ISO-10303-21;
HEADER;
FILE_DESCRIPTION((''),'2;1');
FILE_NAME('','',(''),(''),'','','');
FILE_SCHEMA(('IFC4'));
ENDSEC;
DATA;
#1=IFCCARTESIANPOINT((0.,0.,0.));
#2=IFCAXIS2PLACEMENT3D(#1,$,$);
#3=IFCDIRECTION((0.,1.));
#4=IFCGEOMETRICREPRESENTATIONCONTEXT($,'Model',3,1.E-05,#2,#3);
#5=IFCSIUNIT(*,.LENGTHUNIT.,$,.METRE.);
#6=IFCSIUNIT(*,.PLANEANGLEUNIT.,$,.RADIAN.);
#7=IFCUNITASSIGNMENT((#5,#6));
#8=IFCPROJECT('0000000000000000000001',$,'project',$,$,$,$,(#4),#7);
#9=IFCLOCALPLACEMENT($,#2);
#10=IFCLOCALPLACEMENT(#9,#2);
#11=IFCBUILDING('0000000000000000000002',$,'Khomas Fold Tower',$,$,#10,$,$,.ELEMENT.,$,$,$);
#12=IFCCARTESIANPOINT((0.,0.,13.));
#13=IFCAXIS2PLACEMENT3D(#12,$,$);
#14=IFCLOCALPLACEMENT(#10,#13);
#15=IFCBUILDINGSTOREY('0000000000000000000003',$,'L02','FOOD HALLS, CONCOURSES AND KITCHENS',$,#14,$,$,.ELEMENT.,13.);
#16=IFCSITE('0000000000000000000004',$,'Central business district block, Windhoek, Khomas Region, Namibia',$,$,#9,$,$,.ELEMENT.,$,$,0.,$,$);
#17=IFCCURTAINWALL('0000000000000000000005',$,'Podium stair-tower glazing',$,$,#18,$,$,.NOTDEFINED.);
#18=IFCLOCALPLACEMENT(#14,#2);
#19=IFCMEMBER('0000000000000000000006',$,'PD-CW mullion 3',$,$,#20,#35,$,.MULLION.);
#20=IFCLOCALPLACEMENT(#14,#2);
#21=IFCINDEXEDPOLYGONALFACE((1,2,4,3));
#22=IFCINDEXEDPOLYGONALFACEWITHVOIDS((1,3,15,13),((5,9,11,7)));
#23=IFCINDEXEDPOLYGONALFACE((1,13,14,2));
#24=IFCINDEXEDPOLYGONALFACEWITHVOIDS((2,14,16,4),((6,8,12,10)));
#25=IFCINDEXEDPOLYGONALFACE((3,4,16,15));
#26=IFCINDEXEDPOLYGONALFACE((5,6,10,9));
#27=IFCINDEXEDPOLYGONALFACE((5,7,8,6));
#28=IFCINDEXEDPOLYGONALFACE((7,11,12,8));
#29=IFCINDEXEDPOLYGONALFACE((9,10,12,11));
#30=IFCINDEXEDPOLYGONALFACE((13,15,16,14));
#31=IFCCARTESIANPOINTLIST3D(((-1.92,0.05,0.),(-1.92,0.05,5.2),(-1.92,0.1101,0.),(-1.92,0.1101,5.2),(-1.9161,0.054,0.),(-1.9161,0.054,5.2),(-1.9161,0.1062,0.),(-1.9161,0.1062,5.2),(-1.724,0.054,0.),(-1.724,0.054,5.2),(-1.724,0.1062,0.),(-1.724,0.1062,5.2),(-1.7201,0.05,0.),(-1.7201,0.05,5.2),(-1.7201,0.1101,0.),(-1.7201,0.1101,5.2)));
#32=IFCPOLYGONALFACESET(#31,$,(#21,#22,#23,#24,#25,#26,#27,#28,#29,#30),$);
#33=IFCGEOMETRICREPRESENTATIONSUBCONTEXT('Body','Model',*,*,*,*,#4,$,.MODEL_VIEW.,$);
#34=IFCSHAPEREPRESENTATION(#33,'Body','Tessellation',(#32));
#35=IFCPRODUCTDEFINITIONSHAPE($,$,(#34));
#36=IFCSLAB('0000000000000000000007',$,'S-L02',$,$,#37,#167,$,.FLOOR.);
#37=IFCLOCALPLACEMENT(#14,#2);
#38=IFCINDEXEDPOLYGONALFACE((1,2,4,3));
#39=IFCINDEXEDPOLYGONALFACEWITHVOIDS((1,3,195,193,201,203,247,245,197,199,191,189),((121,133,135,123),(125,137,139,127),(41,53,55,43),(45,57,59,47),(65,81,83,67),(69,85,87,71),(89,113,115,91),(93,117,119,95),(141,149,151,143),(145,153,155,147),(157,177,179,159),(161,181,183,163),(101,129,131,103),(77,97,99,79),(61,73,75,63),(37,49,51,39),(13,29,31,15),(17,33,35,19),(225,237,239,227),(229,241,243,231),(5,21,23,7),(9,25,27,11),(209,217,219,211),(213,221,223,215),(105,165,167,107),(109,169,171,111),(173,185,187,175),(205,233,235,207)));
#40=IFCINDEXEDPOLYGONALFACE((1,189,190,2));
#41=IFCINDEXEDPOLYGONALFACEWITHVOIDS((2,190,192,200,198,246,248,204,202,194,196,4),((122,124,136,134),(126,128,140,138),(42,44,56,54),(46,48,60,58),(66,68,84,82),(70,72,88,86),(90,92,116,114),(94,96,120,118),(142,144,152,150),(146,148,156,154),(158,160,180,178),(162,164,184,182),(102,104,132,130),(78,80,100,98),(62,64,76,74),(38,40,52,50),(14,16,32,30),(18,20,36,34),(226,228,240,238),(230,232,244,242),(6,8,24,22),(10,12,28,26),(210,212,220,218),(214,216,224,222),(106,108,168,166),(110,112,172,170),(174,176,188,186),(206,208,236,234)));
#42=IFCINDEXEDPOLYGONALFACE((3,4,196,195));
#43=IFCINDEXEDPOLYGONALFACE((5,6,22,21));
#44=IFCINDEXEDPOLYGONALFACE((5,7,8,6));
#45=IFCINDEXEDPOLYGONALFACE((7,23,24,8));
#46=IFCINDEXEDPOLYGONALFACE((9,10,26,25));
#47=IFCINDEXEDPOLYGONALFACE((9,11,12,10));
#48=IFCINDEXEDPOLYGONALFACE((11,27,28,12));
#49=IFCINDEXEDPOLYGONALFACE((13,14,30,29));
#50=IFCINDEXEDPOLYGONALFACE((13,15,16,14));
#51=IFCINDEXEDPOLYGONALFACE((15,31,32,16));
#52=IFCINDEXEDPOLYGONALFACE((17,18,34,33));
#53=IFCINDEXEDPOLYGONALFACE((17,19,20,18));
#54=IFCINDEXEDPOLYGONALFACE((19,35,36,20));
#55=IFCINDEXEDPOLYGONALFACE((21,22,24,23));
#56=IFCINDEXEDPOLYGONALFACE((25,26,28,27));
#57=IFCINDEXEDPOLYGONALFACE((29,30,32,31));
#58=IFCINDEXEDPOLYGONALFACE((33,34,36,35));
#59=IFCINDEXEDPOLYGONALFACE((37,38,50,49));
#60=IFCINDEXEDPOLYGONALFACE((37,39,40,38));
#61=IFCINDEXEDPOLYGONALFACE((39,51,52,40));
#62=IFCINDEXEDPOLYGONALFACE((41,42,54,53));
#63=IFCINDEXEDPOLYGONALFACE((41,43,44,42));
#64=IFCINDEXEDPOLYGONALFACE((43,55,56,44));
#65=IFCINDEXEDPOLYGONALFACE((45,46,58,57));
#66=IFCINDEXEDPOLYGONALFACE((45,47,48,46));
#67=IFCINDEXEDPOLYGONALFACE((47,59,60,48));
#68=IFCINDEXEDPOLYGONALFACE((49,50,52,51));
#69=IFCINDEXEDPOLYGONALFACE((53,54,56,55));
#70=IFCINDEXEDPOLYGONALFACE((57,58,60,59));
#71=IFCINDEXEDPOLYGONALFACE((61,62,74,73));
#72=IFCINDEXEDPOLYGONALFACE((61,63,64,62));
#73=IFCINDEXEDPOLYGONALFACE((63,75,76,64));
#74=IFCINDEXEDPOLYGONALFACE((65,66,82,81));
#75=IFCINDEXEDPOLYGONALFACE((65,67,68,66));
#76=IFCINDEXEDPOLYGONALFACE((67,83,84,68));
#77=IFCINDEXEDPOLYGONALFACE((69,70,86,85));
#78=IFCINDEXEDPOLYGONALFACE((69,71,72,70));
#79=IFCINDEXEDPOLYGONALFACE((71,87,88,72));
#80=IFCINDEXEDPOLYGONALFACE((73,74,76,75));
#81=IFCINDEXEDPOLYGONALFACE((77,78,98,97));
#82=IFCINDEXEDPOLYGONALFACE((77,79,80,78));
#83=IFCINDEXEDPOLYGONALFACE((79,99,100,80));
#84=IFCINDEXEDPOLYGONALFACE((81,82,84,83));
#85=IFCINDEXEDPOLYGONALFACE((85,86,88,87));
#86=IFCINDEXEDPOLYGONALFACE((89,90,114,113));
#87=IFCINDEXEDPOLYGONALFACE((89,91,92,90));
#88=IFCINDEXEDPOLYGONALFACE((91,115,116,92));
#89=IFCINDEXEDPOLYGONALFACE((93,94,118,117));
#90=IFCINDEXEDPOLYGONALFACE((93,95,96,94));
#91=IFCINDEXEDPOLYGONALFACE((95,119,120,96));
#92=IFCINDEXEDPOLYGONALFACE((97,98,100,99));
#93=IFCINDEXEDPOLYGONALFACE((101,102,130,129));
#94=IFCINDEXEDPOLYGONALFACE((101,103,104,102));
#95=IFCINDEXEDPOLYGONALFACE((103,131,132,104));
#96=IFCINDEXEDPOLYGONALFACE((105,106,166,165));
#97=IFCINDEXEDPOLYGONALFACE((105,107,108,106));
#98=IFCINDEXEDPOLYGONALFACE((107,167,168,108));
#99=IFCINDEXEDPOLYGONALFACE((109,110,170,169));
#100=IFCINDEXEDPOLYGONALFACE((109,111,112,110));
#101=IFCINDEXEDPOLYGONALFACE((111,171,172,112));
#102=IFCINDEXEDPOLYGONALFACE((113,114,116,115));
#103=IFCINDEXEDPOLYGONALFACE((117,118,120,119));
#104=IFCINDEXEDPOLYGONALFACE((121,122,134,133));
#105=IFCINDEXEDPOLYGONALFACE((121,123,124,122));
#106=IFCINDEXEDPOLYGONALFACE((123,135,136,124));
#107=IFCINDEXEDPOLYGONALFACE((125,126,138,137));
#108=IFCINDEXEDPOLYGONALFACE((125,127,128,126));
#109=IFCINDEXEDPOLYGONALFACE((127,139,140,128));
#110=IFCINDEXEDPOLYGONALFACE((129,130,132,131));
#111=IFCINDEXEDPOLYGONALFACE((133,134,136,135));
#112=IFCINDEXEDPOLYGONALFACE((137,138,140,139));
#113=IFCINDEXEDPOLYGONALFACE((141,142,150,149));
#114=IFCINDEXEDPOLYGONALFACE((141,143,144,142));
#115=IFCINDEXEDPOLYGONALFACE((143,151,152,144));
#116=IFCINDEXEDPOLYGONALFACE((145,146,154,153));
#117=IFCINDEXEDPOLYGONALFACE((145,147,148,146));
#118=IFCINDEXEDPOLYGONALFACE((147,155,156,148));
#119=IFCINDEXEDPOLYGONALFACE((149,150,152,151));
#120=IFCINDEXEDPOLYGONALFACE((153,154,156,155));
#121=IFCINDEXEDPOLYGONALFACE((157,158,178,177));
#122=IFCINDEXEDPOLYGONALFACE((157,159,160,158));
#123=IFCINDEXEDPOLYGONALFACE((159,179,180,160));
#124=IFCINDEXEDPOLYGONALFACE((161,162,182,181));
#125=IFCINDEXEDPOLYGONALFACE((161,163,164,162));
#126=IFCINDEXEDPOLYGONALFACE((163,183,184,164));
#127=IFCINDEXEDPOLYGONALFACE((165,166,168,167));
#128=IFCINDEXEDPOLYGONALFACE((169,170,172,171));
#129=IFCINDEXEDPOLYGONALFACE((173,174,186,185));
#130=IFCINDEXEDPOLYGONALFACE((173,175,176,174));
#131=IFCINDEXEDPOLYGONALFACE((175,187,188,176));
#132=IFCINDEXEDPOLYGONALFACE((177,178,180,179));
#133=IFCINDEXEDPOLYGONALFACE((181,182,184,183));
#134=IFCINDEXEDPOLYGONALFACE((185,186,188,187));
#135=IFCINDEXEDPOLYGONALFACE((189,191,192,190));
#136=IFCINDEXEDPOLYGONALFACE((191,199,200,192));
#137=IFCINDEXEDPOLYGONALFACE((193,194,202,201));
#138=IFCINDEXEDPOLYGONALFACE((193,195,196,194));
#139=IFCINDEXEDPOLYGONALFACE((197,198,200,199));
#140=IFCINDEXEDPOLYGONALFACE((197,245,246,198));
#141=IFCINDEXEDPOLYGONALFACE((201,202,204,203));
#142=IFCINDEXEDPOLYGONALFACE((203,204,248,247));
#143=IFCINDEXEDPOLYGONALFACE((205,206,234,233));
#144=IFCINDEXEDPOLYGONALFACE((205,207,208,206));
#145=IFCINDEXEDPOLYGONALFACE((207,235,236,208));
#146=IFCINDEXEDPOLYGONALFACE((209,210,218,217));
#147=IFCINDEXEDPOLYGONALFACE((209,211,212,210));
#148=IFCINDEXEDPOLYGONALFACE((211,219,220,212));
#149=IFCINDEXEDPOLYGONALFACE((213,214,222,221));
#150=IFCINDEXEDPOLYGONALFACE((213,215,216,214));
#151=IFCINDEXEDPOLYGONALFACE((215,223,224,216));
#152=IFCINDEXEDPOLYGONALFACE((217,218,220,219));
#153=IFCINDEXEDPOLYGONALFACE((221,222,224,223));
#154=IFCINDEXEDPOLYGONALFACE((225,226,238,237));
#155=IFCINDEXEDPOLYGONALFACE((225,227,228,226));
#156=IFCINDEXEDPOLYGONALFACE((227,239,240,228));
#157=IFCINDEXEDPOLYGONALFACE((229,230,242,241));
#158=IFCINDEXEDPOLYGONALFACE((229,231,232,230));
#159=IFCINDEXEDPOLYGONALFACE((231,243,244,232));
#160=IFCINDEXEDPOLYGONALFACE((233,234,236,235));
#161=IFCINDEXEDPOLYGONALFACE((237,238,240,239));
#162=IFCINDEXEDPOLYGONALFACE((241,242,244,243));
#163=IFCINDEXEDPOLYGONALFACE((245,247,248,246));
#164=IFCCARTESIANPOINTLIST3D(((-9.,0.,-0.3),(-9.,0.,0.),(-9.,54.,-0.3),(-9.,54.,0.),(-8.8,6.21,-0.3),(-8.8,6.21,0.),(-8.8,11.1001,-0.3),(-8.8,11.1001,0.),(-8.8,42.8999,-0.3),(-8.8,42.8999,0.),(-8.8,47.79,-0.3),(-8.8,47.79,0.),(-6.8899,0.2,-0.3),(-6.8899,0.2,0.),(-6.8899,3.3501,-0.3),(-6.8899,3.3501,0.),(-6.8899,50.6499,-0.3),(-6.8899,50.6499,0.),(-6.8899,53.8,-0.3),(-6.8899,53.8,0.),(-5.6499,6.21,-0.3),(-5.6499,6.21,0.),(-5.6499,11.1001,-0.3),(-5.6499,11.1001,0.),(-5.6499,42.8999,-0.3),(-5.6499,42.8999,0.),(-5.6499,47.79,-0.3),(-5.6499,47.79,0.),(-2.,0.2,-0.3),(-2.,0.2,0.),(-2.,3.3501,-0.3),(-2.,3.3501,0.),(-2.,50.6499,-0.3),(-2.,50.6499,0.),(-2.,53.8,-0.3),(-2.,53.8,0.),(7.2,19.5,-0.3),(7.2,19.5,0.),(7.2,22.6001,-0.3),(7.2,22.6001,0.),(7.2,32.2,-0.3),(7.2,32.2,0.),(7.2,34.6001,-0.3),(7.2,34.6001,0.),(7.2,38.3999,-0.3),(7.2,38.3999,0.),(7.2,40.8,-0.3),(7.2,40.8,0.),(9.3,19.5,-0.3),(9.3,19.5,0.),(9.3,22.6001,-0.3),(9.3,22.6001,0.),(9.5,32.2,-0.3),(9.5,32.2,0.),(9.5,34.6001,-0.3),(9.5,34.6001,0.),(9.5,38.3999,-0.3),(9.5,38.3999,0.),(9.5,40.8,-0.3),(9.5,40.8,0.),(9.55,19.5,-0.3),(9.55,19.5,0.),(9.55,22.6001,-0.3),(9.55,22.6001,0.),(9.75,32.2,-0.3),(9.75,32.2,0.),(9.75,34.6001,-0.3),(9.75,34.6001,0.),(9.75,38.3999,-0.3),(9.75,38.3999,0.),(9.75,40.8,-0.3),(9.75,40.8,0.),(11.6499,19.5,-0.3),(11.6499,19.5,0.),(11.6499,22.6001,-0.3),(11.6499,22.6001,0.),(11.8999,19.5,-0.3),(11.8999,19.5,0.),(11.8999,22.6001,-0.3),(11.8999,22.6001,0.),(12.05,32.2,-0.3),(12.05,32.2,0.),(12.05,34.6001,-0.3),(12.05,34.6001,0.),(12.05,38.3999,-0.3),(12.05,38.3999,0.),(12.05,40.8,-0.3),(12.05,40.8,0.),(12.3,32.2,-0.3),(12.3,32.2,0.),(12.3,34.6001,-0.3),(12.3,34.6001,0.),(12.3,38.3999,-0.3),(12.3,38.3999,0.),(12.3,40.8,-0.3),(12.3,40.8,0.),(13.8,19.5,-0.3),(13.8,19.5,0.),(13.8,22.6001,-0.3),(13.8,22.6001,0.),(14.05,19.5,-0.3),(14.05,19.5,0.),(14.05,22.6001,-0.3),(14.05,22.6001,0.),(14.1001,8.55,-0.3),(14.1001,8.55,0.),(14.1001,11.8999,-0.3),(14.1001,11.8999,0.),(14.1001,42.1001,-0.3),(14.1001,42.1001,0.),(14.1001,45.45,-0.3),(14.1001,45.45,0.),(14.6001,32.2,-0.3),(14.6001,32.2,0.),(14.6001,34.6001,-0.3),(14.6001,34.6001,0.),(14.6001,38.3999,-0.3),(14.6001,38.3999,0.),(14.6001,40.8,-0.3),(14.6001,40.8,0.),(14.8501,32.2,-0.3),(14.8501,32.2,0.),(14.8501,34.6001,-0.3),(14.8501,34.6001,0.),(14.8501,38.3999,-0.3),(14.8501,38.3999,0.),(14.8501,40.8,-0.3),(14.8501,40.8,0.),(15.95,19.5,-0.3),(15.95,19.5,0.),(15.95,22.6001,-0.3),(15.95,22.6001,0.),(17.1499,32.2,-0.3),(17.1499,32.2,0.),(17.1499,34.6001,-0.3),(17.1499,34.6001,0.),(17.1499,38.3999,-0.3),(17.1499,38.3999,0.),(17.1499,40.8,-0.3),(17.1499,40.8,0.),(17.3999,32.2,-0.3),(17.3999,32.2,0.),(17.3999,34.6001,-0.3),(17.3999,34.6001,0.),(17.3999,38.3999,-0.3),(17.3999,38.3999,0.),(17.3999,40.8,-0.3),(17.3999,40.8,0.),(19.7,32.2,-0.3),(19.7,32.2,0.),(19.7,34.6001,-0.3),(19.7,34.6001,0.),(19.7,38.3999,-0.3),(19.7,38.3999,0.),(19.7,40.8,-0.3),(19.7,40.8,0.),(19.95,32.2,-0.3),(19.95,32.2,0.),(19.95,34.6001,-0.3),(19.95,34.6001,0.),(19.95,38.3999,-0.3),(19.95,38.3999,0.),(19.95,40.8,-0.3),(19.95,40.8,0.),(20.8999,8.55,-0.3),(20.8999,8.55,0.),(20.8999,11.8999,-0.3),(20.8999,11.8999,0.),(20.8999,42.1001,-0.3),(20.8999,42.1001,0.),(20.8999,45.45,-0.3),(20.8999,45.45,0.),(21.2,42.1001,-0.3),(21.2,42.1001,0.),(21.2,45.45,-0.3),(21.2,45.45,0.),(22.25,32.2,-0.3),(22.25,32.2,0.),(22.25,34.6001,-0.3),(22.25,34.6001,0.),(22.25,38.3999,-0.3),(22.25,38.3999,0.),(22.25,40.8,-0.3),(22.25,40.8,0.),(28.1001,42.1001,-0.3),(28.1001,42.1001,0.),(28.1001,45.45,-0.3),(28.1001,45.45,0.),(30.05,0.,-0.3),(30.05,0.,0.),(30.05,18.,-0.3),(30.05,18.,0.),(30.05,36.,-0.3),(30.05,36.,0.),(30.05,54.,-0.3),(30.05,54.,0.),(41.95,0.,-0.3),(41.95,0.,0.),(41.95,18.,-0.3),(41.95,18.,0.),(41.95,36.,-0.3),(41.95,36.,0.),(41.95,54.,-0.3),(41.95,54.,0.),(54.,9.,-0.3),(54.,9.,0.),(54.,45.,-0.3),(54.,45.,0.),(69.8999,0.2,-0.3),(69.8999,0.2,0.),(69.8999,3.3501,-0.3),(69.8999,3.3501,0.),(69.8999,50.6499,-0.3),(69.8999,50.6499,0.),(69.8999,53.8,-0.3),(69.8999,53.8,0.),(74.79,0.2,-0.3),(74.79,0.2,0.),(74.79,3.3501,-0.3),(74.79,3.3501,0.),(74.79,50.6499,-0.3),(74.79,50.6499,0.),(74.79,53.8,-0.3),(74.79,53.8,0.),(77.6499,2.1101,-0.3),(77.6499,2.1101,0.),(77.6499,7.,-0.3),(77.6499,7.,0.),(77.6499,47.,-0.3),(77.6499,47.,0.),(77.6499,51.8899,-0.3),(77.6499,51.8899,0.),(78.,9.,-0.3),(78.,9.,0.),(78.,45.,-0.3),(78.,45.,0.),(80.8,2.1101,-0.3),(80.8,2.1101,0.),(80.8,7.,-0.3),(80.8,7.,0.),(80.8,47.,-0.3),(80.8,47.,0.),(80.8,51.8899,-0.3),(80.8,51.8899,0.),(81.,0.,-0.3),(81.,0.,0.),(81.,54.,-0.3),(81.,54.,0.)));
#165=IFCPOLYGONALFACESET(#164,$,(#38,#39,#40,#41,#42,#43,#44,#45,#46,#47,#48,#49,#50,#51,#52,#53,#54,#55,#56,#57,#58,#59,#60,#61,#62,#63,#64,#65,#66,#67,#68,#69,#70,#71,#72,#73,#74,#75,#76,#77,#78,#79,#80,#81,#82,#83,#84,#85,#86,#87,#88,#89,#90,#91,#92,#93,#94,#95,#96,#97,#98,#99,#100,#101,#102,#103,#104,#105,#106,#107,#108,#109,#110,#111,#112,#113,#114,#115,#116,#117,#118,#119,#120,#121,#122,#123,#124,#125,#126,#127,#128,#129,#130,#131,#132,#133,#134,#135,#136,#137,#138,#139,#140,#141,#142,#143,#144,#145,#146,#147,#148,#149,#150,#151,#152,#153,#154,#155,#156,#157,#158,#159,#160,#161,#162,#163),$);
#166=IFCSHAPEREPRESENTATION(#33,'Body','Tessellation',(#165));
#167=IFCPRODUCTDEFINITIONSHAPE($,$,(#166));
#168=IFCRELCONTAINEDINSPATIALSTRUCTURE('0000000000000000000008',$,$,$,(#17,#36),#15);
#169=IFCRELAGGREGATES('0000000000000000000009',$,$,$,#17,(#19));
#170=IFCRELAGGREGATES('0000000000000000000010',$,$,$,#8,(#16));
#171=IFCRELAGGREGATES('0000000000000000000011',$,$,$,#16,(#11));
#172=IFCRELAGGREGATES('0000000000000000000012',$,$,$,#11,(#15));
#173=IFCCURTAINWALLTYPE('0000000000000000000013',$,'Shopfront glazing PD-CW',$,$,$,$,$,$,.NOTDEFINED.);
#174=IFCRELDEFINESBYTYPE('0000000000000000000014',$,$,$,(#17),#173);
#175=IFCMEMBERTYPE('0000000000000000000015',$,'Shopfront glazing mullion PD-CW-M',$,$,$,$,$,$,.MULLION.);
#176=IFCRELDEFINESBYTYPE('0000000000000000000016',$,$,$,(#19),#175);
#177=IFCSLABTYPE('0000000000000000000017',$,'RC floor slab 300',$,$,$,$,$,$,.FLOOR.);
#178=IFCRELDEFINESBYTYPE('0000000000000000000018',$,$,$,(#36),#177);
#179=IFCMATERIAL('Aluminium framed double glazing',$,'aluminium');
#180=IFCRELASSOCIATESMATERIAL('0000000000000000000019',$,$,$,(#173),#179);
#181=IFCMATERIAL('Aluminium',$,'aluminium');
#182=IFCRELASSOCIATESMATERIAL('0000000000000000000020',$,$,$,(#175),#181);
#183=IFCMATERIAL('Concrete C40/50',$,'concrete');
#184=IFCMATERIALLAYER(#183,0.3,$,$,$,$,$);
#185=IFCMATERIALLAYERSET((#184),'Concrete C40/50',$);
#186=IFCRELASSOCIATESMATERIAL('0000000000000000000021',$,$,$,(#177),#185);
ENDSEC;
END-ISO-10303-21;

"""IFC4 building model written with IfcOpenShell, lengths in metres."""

from ifc_helpers import new_model, si_unit, direction, frame, origin, origin_2d, place, context, subcontext, project, spatial, polyline, hollow_rectangle, outline, extrude, source, transform, mapped, material, layer, layer_set, material_profile, profile_set, type_object, element, aggregate, save


model = new_model("IFC4")

# Units and contexts
model_context = context("Model", 3, precision=1e-05, world=origin(), true_north=direction((0.0, 1.0)))
body_context = subcontext(model_context, "Body", "Model", "MODEL_VIEW")
ifc_project = project(units=[si_unit("LENGTHUNIT", "METRE"), si_unit("PLANEANGLEUNIT", "RADIAN")], contexts=[model_context])

# Site, building, storey
site_placement = place(None, origin())
site = spatial("IfcSite", under=ifc_project, at=site_placement, Name="Central business district block, Windhoek, Khomas Region, Namibia", CompositionType="ELEMENT", RefElevation=0.0)
building_placement = place(site_placement, origin())
building = spatial("IfcBuilding", under=site, at=building_placement, Name="Khomas Fold Tower", CompositionType="ELEMENT")
storey_placement = place(building_placement, frame((0.0, 0.0, 13.0)))
storey = spatial("IfcBuildingStorey", under=building, at=storey_placement, Name="L02", Description="FOOD HALLS, CONCOURSES AND KITCHENS", CompositionType="ELEMENT", Elevation=13.0)

# Curtain wall, member
ifc_material_1 = material(Name="Aluminium framed double glazing", Category="aluminium")
curtain_wall_type = type_object("IfcCurtainWallType", Name="Shopfront glazing PD-CW", PredefinedType="NOTDEFINED", material=ifc_material_1)
curtain_wall_placement = place(storey_placement, origin())
curtain_wall = element("IfcCurtainWall", 1, at=curtain_wall_placement, inside=storey, type_object=curtain_wall_type, Name="Podium stair-tower glazing", PredefinedType="NOTDEFINED")
ifc_material_2 = material(Name="Aluminium", Category="aluminium")
ifc_material_profile = material_profile(ifc_material_2, hollow_rectangle(XDim=0.0601, YDim=0.2, WallThickness=0.0039, at=origin_2d()), Name="Shopfront glazing mullion PD-CW-M")
ifc_profile_set = profile_set([ifc_material_profile], Name="Aluminium")
member_type = type_object("IfcMemberType", Name="Shopfront glazing mullion PD-CW-M", PredefinedType="MULLION", material=ifc_profile_set)
shared_shape_1 = source(origin(), body_context, "Body", "SweptSolid", [
    extrude(hollow_rectangle(XDim=0.0601, YDim=0.2, WallThickness=0.0039, at=origin_2d()), origin(), (0.0, 0.0, 1.0), 5.2),
])
member_placement = place(storey_placement, frame((-1.8201, 0.0801, 0.0), z_axis=(0.0, 0.0, 1.0), x_axis=(0.0, 1.0, 0.0)))
member = element("IfcMember", 2, at=member_placement, type_object=member_type, Name="PD-CW mullion 3", PredefinedType="MULLION", context=body_context, shape_type="MappedRepresentation", body=[
    mapped(shared_shape_1, transform((0.0, 0.0, 0.0))),
])

# Slab
ifc_material_3 = material(Name="Concrete C40/50", Category="concrete")
ifc_layer_1 = layer(ifc_material_3, 0.3)
ifc_layer_set_1 = layer_set([ifc_layer_1], Name="Concrete C40/50")
slab_type_1 = type_object("IfcSlabType", Name="RC floor slab 300", PredefinedType="FLOOR", material=ifc_layer_set_1)
shared_shape_2 = source(origin(), body_context, "Body", "SweptSolid", [
    extrude(outline(polyline([(-9.0, 0.0), (30.05, 0.0), (30.05, 18.0), (41.95, 18.0), (41.95, 0.0), (81.0, 0.0), (81.0, 54.0), (41.95, 54.0), (41.95, 36.0), (30.05, 36.0), (30.05, 54.0), (-9.0, 54.0), (-9.0, 0.0)]), holes=[polyline([(-8.8, 6.21), (-8.8, 11.1001), (-5.6499, 11.1001), (-5.6499, 6.21), (-8.8, 6.21)]), polyline([(-8.8, 42.8999), (-8.8, 47.79), (-5.6499, 47.79), (-5.6499, 42.8999), (-8.8, 42.8999)]), polyline([(-6.8899, 0.2), (-6.8899, 3.3501), (-2.0, 3.3501), (-2.0, 0.2), (-6.8899, 0.2)]), polyline([(-6.8899, 50.6499), (-6.8899, 53.8), (-2.0, 53.8), (-2.0, 50.6499), (-6.8899, 50.6499)]), polyline([(7.2, 19.5), (7.2, 22.6001), (9.3, 22.6001), (9.3, 19.5), (7.2, 19.5)]), polyline([(7.2, 32.2), (7.2, 34.6001), (9.5, 34.6001), (9.5, 32.2), (7.2, 32.2)]), polyline([(7.2, 38.3999), (7.2, 40.8), (9.5, 40.8), (9.5, 38.3999), (7.2, 38.3999)]), polyline([(9.55, 19.5), (9.55, 22.6001), (11.6499, 22.6001), (11.6499, 19.5), (9.55, 19.5)]), polyline([(9.75, 32.2), (9.75, 34.6001), (12.05, 34.6001), (12.05, 32.2), (9.75, 32.2)]), polyline([(9.75, 38.3999), (9.75, 40.8), (12.05, 40.8), (12.05, 38.3999), (9.75, 38.3999)]), polyline([(11.8999, 19.5), (11.8999, 22.6001), (13.8, 22.6001), (13.8, 19.5), (11.8999, 19.5)]), polyline([(12.3, 32.2), (12.3, 34.6001), (14.6001, 34.6001), (14.6001, 32.2), (12.3, 32.2)]), polyline([(12.3, 38.3999), (12.3, 40.8), (14.6001, 40.8), (14.6001, 38.3999), (12.3, 38.3999)]), polyline([(14.05, 19.5), (14.05, 22.6001), (15.95, 22.6001), (15.95, 19.5), (14.05, 19.5)]), polyline([(14.1001, 8.55), (14.1001, 11.8999), (20.8999, 11.8999), (20.8999, 8.55), (14.1001, 8.55)]), polyline([(14.1001, 42.1001), (14.1001, 45.45), (20.8999, 45.45), (20.8999, 42.1001), (14.1001, 42.1001)]), polyline([(14.8501, 32.2), (14.8501, 34.6001), (17.1499, 34.6001), (17.1499, 32.2), (14.8501, 32.2)]), polyline([(14.8501, 38.3999), (14.8501, 40.8), (17.1499, 40.8), (17.1499, 38.3999), (14.8501, 38.3999)]), polyline([(17.3999, 32.2), (17.3999, 34.6001), (19.7, 34.6001), (19.7, 32.2), (17.3999, 32.2)]), polyline([(17.3999, 38.3999), (17.3999, 40.8), (19.7, 40.8), (19.7, 38.3999), (17.3999, 38.3999)]), polyline([(19.95, 32.2), (19.95, 34.6001), (22.25, 34.6001), (22.25, 32.2), (19.95, 32.2)]), polyline([(19.95, 38.3999), (19.95, 40.8), (22.25, 40.8), (22.25, 38.3999), (19.95, 38.3999)]), polyline([(21.2, 42.1001), (21.2, 45.45), (28.1001, 45.45), (28.1001, 42.1001), (21.2, 42.1001)]), polyline([(54.0, 9.0), (54.0, 45.0), (78.0, 45.0), (78.0, 9.0), (54.0, 9.0)]), polyline([(69.8999, 0.2), (69.8999, 3.3501), (74.79, 3.3501), (74.79, 0.2), (69.8999, 0.2)]), polyline([(69.8999, 50.6499), (69.8999, 53.8), (74.79, 53.8), (74.79, 50.6499), (69.8999, 50.6499)]), polyline([(77.6499, 2.1101), (77.6499, 7.0), (80.8, 7.0), (80.8, 2.1101), (77.6499, 2.1101)]), polyline([(77.6499, 47.0), (77.6499, 51.8899), (80.8, 51.8899), (80.8, 47.0), (77.6499, 47.0)])]), origin(), (0.0, 0.0, 1.0), 0.3),
])
slab_1_placement = place(storey_placement, frame((0.0, 0.0, -0.3)))
element("IfcSlab", 3, at=slab_1_placement, inside=storey, type_object=slab_type_1, Name="S-L02", PredefinedType="FLOOR", context=body_context, shape_type="MappedRepresentation", body=[
    mapped(shared_shape_2, transform((0.0, 0.0, 0.0))),
])

aggregate(curtain_wall, [member])

save(model, "model.ifc")
